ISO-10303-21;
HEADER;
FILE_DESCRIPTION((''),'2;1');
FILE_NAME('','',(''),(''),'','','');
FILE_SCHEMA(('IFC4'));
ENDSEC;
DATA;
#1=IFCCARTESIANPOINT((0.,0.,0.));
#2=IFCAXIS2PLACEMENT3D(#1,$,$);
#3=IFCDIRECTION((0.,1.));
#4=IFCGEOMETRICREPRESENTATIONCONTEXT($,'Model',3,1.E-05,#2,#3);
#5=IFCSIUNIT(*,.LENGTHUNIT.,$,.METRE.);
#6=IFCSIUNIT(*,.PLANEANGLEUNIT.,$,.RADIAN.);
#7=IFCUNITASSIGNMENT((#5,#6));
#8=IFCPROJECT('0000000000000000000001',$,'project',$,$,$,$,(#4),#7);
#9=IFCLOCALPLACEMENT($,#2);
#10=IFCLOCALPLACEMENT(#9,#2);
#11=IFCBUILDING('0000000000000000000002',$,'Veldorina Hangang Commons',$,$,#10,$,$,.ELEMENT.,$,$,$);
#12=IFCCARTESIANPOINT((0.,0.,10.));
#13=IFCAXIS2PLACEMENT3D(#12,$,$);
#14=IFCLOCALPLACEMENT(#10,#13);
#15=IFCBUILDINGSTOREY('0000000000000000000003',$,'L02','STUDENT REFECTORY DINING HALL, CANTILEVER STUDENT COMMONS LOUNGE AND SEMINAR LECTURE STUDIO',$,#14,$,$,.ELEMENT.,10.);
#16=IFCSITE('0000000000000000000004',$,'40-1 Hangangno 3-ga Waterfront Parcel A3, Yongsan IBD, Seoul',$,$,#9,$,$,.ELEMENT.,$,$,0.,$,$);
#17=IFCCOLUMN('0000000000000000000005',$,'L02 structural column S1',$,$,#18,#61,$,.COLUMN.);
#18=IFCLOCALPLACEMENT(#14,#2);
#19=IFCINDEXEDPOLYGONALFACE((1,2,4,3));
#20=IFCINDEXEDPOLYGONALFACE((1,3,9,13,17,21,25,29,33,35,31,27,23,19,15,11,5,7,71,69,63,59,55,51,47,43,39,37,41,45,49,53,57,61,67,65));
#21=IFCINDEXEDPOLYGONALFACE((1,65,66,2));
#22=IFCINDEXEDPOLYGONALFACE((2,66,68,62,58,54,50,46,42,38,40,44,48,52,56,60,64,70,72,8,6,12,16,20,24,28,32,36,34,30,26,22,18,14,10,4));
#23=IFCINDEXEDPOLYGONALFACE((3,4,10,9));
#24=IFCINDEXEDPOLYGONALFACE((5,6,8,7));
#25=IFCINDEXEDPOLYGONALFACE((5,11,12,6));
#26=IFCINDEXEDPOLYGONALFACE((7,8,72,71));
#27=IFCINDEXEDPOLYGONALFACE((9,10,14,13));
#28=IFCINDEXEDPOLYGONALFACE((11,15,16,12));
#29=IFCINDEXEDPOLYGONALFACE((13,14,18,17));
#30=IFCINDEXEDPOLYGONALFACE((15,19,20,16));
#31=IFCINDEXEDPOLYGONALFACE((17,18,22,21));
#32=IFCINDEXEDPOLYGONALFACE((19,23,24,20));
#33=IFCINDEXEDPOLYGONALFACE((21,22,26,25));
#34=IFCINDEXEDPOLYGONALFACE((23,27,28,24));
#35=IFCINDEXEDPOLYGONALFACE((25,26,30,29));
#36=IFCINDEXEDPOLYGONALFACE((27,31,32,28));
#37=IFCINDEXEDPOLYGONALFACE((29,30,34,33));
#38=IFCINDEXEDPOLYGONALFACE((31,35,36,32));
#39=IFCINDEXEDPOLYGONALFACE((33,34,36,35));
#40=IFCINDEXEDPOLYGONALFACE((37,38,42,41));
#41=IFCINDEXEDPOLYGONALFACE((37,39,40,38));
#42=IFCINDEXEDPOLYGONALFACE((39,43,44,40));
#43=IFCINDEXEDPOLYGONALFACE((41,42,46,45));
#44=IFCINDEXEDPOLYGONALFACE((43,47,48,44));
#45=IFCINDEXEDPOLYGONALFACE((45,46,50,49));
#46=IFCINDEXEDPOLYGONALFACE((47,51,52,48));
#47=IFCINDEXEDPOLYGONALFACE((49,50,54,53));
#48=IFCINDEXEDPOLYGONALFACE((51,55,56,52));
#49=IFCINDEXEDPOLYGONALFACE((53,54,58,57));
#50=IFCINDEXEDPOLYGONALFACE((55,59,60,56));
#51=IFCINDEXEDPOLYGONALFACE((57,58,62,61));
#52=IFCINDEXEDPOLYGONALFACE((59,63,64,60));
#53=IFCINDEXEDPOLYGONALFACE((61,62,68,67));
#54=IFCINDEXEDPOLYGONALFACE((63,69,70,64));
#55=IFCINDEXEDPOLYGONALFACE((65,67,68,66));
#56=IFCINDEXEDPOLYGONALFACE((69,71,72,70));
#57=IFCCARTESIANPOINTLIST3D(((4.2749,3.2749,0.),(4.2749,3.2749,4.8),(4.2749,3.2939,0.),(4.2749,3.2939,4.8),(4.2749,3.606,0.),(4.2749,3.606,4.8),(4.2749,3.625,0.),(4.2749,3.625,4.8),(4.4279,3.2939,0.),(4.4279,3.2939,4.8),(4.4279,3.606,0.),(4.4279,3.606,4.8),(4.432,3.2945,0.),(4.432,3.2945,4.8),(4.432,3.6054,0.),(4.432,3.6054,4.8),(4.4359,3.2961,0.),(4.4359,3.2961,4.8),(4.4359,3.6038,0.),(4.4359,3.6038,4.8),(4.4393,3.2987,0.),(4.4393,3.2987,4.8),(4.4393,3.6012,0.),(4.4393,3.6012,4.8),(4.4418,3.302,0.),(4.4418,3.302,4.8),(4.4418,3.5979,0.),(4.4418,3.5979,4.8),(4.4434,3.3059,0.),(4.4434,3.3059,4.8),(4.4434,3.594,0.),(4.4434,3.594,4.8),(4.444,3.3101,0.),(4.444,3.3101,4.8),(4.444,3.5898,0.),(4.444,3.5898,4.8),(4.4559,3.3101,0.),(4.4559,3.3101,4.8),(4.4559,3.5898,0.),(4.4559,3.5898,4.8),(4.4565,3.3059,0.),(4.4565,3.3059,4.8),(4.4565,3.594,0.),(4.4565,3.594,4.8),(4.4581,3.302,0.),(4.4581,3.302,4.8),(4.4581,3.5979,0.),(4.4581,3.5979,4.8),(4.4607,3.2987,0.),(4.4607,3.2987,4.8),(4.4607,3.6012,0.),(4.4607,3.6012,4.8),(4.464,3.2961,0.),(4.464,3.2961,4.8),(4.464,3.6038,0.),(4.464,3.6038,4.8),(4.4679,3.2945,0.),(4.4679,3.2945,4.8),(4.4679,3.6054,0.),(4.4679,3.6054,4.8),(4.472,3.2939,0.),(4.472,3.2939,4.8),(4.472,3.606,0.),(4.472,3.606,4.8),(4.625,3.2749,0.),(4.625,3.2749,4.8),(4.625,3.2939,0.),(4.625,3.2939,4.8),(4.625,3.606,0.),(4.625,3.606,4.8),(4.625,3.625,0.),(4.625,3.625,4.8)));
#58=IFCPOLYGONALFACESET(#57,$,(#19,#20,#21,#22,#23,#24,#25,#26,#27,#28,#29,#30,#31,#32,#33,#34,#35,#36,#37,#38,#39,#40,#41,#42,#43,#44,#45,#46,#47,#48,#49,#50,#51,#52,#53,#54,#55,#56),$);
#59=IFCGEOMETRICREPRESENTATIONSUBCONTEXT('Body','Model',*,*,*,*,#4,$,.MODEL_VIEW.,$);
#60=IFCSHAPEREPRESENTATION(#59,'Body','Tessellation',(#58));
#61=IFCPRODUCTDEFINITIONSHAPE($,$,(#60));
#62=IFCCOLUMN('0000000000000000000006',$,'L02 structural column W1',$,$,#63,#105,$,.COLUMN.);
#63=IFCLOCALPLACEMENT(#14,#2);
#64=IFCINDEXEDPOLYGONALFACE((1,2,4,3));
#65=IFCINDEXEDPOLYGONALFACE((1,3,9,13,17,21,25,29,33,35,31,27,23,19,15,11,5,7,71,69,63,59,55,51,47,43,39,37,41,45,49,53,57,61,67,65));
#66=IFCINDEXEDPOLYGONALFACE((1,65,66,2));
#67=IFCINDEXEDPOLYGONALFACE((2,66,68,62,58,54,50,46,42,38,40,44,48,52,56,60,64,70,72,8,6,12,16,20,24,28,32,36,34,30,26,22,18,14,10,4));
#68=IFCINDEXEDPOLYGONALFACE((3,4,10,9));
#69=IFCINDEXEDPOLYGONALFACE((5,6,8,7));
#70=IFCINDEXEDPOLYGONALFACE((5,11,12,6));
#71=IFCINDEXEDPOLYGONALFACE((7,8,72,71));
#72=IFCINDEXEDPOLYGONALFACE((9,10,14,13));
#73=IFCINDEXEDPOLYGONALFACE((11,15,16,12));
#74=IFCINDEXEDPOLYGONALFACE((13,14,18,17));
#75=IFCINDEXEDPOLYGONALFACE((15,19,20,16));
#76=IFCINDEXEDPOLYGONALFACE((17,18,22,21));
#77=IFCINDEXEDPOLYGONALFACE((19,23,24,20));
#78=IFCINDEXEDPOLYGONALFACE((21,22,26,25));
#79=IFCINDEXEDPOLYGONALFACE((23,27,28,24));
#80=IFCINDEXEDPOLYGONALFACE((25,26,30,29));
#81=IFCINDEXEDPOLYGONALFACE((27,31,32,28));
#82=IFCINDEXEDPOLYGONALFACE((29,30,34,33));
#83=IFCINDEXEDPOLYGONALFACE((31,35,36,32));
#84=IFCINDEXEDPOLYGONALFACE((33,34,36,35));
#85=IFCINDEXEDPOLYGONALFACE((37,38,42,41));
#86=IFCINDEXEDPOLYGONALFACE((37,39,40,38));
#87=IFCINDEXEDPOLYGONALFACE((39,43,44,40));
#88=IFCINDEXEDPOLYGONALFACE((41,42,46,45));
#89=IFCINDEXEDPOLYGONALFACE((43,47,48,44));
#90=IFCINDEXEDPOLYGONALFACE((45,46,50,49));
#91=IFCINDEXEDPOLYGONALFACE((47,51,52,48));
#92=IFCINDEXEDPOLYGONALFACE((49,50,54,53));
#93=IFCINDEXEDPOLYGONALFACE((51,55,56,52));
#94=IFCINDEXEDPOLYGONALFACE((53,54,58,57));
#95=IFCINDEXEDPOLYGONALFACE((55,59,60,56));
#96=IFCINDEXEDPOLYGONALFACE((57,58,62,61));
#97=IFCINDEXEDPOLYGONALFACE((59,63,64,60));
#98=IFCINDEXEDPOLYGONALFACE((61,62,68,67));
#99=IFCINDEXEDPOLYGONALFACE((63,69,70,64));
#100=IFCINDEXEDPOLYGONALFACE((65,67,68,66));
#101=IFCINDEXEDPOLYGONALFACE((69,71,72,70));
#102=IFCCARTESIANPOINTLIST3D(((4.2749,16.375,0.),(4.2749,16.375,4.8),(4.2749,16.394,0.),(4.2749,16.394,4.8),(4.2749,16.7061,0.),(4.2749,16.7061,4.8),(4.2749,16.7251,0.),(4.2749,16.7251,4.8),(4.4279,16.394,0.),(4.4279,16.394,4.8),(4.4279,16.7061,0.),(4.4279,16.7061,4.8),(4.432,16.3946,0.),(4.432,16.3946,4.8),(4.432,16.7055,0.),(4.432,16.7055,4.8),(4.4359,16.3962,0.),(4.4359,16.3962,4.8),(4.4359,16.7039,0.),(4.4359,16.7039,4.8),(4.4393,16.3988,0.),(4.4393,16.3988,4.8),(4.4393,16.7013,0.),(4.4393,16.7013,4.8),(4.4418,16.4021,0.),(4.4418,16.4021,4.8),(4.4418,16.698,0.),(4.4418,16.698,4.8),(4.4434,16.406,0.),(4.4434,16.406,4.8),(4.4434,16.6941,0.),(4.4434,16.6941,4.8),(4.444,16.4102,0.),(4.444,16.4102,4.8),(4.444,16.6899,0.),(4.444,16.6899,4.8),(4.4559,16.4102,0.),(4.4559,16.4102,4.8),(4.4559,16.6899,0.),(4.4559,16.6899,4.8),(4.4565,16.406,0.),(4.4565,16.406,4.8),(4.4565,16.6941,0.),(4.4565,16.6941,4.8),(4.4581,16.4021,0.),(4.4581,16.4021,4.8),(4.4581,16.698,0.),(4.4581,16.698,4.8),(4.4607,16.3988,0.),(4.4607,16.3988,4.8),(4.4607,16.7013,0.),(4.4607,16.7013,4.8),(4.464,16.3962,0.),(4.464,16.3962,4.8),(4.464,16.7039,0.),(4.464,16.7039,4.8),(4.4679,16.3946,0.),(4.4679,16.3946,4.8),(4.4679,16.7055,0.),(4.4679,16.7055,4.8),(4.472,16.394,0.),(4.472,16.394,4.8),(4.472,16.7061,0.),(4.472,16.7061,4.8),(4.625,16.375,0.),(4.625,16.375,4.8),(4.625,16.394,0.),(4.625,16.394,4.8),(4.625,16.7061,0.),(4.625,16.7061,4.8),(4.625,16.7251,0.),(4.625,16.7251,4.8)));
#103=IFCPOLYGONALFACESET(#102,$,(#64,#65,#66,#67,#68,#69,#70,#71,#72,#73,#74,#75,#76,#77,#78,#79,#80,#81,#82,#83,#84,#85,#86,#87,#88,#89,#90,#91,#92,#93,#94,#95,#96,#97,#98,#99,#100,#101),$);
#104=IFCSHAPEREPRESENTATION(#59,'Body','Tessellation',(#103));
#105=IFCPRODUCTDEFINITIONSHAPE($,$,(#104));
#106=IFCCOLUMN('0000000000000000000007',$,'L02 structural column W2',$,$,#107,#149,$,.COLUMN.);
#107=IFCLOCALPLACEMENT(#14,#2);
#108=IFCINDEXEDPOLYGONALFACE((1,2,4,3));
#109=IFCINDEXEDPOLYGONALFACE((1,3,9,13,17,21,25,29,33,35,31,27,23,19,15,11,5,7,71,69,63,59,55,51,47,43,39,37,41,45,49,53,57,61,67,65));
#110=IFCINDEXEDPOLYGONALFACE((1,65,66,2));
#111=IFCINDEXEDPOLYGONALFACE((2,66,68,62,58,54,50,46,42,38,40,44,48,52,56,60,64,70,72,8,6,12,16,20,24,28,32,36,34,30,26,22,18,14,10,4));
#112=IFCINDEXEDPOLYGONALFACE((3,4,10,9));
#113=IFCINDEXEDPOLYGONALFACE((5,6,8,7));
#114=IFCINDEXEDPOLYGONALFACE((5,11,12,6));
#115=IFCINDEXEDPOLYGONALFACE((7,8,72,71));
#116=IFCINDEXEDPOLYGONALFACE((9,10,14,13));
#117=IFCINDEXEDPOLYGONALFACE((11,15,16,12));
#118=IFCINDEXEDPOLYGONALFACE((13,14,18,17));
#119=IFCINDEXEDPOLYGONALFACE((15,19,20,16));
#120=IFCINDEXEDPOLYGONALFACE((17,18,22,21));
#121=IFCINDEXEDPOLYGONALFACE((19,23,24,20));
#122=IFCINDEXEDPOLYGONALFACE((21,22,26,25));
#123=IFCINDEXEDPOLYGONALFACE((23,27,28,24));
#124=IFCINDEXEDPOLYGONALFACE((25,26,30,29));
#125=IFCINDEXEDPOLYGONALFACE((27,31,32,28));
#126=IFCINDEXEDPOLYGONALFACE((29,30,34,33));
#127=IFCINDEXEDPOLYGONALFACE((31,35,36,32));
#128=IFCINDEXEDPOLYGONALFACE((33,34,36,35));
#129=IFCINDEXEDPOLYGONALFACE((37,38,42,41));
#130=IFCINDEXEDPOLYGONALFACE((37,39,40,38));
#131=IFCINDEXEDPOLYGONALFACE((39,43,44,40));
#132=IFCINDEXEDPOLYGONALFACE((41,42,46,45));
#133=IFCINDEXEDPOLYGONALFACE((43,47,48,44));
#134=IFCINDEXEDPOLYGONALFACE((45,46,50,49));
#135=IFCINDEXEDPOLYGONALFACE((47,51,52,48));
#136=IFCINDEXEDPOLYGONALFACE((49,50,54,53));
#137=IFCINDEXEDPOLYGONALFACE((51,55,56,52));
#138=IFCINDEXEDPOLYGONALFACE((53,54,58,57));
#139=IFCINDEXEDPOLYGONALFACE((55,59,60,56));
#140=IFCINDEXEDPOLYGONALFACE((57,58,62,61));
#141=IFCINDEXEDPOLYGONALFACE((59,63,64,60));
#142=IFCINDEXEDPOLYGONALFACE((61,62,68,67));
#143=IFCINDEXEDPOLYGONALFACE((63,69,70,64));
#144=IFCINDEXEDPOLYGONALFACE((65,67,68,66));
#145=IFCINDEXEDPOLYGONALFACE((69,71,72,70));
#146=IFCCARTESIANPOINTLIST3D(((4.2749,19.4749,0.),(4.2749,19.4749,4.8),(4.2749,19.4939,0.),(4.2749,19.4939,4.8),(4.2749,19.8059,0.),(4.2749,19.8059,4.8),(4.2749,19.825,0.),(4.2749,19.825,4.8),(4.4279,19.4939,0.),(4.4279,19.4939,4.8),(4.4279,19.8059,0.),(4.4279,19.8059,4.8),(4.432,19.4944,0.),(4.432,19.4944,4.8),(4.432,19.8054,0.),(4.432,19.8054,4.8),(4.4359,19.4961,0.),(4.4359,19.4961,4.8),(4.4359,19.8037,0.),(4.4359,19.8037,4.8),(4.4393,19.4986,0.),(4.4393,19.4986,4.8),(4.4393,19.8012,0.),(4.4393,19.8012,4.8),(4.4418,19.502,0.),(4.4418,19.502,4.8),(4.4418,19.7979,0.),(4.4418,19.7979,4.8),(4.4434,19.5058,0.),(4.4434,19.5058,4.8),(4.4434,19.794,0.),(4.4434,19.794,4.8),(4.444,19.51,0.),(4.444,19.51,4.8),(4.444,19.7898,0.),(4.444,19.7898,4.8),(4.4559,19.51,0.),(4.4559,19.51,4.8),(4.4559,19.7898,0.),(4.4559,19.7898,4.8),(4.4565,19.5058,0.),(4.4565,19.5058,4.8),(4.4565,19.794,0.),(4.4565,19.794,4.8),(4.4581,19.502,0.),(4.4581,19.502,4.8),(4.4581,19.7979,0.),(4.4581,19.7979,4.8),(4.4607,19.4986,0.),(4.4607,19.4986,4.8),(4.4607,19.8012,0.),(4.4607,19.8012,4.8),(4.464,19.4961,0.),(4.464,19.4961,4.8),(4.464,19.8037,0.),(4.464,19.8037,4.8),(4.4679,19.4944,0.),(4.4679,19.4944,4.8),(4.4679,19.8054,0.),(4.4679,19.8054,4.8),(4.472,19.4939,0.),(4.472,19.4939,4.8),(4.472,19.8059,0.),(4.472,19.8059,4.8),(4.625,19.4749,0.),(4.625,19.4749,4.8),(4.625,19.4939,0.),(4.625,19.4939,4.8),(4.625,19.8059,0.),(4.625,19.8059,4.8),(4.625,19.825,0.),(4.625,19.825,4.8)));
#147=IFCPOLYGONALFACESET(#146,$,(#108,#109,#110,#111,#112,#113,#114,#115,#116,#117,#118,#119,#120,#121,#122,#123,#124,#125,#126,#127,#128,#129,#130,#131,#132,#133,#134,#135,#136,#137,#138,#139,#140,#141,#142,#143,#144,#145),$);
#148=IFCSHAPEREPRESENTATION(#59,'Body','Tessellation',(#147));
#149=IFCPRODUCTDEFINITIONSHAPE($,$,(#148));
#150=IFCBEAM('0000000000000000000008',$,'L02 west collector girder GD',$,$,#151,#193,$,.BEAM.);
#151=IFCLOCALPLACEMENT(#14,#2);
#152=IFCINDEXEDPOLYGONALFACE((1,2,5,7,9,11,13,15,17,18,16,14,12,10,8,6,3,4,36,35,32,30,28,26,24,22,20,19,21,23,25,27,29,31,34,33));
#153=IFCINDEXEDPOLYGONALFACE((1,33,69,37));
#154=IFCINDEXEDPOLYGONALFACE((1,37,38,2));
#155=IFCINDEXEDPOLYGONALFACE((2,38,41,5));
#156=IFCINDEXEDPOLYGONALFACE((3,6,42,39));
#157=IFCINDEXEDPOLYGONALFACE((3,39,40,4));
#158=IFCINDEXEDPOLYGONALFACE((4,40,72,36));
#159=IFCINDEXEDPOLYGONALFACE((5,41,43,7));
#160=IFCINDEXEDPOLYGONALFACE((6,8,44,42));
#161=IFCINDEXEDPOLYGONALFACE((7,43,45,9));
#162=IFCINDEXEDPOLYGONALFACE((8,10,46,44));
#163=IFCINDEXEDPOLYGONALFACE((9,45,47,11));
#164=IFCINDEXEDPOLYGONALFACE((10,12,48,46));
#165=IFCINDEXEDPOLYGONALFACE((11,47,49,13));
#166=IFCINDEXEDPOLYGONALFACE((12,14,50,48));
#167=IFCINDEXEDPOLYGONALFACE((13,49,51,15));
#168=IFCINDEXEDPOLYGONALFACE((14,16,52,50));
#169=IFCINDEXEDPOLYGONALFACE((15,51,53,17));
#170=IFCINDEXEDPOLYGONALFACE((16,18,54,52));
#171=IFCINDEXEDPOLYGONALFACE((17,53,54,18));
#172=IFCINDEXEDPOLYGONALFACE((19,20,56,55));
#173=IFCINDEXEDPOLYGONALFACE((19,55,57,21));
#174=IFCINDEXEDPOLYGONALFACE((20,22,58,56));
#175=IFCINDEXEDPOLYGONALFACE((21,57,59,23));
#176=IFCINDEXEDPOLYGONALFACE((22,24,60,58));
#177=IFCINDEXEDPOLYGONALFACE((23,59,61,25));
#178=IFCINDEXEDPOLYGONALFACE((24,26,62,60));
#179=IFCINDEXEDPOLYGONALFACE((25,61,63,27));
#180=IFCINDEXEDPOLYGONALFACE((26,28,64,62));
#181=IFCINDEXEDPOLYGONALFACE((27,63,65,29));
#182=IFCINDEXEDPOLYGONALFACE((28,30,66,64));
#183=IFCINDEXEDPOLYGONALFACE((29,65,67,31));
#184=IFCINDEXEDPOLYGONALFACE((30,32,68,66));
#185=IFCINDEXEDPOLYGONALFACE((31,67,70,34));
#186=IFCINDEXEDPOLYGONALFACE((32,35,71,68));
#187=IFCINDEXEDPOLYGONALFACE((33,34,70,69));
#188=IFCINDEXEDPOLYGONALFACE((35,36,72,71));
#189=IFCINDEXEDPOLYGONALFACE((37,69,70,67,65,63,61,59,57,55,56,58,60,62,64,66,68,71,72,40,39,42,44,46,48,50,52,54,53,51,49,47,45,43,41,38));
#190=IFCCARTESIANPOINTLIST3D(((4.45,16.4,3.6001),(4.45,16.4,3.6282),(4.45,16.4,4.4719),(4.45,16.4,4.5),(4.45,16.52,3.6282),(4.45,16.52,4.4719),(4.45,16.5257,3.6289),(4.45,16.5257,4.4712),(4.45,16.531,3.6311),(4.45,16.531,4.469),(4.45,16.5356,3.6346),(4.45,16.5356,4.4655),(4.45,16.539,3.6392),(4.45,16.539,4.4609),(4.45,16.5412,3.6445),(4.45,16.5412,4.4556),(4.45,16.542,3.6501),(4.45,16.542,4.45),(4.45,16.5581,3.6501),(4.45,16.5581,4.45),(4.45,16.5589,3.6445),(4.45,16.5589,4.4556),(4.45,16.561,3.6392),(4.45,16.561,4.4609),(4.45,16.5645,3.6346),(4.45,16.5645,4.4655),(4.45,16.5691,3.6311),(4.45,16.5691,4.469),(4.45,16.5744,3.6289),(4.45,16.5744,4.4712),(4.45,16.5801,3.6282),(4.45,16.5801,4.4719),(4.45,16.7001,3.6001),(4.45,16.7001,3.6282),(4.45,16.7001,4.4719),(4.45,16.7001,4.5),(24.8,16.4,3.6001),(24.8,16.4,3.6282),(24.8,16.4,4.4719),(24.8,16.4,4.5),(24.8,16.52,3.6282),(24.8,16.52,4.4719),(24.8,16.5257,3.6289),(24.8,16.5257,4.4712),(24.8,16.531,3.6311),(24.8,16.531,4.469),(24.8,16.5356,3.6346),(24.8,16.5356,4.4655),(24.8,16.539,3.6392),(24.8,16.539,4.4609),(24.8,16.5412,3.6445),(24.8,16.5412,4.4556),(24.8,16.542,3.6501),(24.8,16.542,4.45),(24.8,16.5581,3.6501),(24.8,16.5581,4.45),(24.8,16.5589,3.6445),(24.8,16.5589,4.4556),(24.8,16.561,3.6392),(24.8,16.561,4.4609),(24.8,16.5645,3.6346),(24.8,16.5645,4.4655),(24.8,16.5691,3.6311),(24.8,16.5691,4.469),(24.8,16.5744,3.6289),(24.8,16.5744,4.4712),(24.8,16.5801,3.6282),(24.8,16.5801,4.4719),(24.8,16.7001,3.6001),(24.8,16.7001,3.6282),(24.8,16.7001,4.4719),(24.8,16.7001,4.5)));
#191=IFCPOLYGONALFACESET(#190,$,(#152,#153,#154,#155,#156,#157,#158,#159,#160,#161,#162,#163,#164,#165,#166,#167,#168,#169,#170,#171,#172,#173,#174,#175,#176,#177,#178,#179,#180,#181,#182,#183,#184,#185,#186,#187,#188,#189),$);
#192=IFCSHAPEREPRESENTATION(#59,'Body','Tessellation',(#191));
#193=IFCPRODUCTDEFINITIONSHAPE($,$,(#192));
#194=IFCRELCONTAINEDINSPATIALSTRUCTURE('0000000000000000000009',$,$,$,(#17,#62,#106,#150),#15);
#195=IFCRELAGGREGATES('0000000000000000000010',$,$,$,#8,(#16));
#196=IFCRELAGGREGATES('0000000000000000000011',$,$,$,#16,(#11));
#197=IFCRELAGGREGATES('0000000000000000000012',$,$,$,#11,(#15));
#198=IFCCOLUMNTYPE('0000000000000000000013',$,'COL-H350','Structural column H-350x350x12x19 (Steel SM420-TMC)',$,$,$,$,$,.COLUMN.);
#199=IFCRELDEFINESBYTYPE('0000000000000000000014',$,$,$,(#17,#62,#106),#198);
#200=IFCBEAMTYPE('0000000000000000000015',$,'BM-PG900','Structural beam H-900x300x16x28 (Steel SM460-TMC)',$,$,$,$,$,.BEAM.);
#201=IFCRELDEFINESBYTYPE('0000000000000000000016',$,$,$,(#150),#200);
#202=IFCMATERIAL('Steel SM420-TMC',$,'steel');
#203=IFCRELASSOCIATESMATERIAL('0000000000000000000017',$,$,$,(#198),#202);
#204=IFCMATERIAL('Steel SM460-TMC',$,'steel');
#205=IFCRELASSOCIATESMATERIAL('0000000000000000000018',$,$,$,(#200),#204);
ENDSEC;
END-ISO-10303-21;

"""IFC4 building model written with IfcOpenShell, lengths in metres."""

from ifc_helpers import new_model, si_unit, direction, frame, origin, origin_2d, place, context, subcontext, project, spatial, i_section, extrude, material, material_profile, profile_set, type_object, element, save


model = new_model("IFC4")

# Units and contexts
model_context = context("Model", 3, precision=1e-05, world=origin(), true_north=direction((0.0, 1.0)))
body_context = subcontext(model_context, "Body", "Model", "MODEL_VIEW")
ifc_project = project(units=[si_unit("LENGTHUNIT", "METRE"), si_unit("PLANEANGLEUNIT", "RADIAN")], contexts=[model_context])

# Site, building, storey
site_placement = place(None, origin())
site = spatial("IfcSite", under=ifc_project, at=site_placement, Name="40-1 Hangangno 3-ga Waterfront Parcel A3, Yongsan IBD, Seoul", CompositionType="ELEMENT", RefElevation=0.0)
building_placement = place(site_placement, origin())
building = spatial("IfcBuilding", under=site, at=building_placement, Name="Veldorina Hangang Commons", CompositionType="ELEMENT")
storey_placement = place(building_placement, frame((0.0, 0.0, 10.0)))
storey = spatial("IfcBuildingStorey", under=building, at=storey_placement, Name="L02", Description="STUDENT REFECTORY DINING HALL, CANTILEVER STUDENT COMMONS LOUNGE AND SEMINAR LECTURE STUDIO", CompositionType="ELEMENT", Elevation=10.0)

# Columns
ifc_material_1 = material(Name="Steel SM420-TMC", Category="steel")
ifc_material_profile_1 = material_profile(ifc_material_1, i_section(OverallWidth=0.3501, OverallDepth=0.3501, WebThickness=0.012, FlangeThickness=0.019, FilletRadius=0.0161, at=origin_2d()), Name="H-350x350x12x19")
ifc_profile_set_1 = profile_set([ifc_material_profile_1], Name="Steel SM420-TMC")
column_type = type_object("IfcColumnType", Name="COL-H350", Description="Structural column H-350x350x12x19 (Steel SM420-TMC)", PredefinedType="COLUMN", material=ifc_profile_set_1)
for number, where, z_axis, x_axis, name in (
    (1, (4.45, 3.45, 0.0), (0.0, 0.0, 1.0), (1.0, 0.0, 0.0), "L02 structural column S1"),
    (2, (4.45, 16.55, 0.0), (0.0, 0.0, 1.0), (1.0, 0.0, 0.0), "L02 structural column W1"),
    (3, (4.45, 19.6499, 0.0), (0.0, 0.0, 1.0), (1.0, 0.0, 0.0), "L02 structural column W2"),
):
    element("IfcColumn", number, at=place(storey_placement, frame(where, z_axis=z_axis, x_axis=x_axis)), inside=storey, type_object=column_type, Name=name, PredefinedType="COLUMN", context=body_context, shape_type="SweptSolid", body=[
        extrude(i_section(OverallWidth=0.3501, OverallDepth=0.3501, WebThickness=0.012, FlangeThickness=0.019, FilletRadius=0.0161, at=origin_2d()), origin(), (0.0, 0.0, 1.0), 4.8),
    ])

# Beam
ifc_material_2 = material(Name="Steel SM460-TMC", Category="steel")
ifc_material_profile_2 = material_profile(ifc_material_2, i_section(OverallWidth=0.3, OverallDepth=0.8999, WebThickness=0.0161, FlangeThickness=0.0281, FilletRadius=0.022, at=origin_2d()), Name="H-900x300x16x28")
ifc_profile_set_2 = profile_set([ifc_material_profile_2], Name="Steel SM460-TMC")
beam_type_1 = type_object("IfcBeamType", Name="BM-PG900", Description="Structural beam H-900x300x16x28 (Steel SM460-TMC)", PredefinedType="BEAM", material=ifc_profile_set_2)
beam_1_placement = place(storey_placement, frame((4.45, 16.55, 4.05), z_axis=(1.0, 0.0, 0.0), x_axis=(0.0, 1.0, 0.0)))
element("IfcBeam", 4, at=beam_1_placement, inside=storey, type_object=beam_type_1, Name="L02 west collector girder GD", PredefinedType="BEAM", context=body_context, shape_type="SweptSolid", body=[
    extrude(i_section(OverallWidth=0.3, OverallDepth=0.8999, WebThickness=0.0161, FlangeThickness=0.0281, FilletRadius=0.022, at=origin_2d()), origin(), (0.0, 0.0, 1.0), 20.3501),
])

save(model, "model.ifc")
